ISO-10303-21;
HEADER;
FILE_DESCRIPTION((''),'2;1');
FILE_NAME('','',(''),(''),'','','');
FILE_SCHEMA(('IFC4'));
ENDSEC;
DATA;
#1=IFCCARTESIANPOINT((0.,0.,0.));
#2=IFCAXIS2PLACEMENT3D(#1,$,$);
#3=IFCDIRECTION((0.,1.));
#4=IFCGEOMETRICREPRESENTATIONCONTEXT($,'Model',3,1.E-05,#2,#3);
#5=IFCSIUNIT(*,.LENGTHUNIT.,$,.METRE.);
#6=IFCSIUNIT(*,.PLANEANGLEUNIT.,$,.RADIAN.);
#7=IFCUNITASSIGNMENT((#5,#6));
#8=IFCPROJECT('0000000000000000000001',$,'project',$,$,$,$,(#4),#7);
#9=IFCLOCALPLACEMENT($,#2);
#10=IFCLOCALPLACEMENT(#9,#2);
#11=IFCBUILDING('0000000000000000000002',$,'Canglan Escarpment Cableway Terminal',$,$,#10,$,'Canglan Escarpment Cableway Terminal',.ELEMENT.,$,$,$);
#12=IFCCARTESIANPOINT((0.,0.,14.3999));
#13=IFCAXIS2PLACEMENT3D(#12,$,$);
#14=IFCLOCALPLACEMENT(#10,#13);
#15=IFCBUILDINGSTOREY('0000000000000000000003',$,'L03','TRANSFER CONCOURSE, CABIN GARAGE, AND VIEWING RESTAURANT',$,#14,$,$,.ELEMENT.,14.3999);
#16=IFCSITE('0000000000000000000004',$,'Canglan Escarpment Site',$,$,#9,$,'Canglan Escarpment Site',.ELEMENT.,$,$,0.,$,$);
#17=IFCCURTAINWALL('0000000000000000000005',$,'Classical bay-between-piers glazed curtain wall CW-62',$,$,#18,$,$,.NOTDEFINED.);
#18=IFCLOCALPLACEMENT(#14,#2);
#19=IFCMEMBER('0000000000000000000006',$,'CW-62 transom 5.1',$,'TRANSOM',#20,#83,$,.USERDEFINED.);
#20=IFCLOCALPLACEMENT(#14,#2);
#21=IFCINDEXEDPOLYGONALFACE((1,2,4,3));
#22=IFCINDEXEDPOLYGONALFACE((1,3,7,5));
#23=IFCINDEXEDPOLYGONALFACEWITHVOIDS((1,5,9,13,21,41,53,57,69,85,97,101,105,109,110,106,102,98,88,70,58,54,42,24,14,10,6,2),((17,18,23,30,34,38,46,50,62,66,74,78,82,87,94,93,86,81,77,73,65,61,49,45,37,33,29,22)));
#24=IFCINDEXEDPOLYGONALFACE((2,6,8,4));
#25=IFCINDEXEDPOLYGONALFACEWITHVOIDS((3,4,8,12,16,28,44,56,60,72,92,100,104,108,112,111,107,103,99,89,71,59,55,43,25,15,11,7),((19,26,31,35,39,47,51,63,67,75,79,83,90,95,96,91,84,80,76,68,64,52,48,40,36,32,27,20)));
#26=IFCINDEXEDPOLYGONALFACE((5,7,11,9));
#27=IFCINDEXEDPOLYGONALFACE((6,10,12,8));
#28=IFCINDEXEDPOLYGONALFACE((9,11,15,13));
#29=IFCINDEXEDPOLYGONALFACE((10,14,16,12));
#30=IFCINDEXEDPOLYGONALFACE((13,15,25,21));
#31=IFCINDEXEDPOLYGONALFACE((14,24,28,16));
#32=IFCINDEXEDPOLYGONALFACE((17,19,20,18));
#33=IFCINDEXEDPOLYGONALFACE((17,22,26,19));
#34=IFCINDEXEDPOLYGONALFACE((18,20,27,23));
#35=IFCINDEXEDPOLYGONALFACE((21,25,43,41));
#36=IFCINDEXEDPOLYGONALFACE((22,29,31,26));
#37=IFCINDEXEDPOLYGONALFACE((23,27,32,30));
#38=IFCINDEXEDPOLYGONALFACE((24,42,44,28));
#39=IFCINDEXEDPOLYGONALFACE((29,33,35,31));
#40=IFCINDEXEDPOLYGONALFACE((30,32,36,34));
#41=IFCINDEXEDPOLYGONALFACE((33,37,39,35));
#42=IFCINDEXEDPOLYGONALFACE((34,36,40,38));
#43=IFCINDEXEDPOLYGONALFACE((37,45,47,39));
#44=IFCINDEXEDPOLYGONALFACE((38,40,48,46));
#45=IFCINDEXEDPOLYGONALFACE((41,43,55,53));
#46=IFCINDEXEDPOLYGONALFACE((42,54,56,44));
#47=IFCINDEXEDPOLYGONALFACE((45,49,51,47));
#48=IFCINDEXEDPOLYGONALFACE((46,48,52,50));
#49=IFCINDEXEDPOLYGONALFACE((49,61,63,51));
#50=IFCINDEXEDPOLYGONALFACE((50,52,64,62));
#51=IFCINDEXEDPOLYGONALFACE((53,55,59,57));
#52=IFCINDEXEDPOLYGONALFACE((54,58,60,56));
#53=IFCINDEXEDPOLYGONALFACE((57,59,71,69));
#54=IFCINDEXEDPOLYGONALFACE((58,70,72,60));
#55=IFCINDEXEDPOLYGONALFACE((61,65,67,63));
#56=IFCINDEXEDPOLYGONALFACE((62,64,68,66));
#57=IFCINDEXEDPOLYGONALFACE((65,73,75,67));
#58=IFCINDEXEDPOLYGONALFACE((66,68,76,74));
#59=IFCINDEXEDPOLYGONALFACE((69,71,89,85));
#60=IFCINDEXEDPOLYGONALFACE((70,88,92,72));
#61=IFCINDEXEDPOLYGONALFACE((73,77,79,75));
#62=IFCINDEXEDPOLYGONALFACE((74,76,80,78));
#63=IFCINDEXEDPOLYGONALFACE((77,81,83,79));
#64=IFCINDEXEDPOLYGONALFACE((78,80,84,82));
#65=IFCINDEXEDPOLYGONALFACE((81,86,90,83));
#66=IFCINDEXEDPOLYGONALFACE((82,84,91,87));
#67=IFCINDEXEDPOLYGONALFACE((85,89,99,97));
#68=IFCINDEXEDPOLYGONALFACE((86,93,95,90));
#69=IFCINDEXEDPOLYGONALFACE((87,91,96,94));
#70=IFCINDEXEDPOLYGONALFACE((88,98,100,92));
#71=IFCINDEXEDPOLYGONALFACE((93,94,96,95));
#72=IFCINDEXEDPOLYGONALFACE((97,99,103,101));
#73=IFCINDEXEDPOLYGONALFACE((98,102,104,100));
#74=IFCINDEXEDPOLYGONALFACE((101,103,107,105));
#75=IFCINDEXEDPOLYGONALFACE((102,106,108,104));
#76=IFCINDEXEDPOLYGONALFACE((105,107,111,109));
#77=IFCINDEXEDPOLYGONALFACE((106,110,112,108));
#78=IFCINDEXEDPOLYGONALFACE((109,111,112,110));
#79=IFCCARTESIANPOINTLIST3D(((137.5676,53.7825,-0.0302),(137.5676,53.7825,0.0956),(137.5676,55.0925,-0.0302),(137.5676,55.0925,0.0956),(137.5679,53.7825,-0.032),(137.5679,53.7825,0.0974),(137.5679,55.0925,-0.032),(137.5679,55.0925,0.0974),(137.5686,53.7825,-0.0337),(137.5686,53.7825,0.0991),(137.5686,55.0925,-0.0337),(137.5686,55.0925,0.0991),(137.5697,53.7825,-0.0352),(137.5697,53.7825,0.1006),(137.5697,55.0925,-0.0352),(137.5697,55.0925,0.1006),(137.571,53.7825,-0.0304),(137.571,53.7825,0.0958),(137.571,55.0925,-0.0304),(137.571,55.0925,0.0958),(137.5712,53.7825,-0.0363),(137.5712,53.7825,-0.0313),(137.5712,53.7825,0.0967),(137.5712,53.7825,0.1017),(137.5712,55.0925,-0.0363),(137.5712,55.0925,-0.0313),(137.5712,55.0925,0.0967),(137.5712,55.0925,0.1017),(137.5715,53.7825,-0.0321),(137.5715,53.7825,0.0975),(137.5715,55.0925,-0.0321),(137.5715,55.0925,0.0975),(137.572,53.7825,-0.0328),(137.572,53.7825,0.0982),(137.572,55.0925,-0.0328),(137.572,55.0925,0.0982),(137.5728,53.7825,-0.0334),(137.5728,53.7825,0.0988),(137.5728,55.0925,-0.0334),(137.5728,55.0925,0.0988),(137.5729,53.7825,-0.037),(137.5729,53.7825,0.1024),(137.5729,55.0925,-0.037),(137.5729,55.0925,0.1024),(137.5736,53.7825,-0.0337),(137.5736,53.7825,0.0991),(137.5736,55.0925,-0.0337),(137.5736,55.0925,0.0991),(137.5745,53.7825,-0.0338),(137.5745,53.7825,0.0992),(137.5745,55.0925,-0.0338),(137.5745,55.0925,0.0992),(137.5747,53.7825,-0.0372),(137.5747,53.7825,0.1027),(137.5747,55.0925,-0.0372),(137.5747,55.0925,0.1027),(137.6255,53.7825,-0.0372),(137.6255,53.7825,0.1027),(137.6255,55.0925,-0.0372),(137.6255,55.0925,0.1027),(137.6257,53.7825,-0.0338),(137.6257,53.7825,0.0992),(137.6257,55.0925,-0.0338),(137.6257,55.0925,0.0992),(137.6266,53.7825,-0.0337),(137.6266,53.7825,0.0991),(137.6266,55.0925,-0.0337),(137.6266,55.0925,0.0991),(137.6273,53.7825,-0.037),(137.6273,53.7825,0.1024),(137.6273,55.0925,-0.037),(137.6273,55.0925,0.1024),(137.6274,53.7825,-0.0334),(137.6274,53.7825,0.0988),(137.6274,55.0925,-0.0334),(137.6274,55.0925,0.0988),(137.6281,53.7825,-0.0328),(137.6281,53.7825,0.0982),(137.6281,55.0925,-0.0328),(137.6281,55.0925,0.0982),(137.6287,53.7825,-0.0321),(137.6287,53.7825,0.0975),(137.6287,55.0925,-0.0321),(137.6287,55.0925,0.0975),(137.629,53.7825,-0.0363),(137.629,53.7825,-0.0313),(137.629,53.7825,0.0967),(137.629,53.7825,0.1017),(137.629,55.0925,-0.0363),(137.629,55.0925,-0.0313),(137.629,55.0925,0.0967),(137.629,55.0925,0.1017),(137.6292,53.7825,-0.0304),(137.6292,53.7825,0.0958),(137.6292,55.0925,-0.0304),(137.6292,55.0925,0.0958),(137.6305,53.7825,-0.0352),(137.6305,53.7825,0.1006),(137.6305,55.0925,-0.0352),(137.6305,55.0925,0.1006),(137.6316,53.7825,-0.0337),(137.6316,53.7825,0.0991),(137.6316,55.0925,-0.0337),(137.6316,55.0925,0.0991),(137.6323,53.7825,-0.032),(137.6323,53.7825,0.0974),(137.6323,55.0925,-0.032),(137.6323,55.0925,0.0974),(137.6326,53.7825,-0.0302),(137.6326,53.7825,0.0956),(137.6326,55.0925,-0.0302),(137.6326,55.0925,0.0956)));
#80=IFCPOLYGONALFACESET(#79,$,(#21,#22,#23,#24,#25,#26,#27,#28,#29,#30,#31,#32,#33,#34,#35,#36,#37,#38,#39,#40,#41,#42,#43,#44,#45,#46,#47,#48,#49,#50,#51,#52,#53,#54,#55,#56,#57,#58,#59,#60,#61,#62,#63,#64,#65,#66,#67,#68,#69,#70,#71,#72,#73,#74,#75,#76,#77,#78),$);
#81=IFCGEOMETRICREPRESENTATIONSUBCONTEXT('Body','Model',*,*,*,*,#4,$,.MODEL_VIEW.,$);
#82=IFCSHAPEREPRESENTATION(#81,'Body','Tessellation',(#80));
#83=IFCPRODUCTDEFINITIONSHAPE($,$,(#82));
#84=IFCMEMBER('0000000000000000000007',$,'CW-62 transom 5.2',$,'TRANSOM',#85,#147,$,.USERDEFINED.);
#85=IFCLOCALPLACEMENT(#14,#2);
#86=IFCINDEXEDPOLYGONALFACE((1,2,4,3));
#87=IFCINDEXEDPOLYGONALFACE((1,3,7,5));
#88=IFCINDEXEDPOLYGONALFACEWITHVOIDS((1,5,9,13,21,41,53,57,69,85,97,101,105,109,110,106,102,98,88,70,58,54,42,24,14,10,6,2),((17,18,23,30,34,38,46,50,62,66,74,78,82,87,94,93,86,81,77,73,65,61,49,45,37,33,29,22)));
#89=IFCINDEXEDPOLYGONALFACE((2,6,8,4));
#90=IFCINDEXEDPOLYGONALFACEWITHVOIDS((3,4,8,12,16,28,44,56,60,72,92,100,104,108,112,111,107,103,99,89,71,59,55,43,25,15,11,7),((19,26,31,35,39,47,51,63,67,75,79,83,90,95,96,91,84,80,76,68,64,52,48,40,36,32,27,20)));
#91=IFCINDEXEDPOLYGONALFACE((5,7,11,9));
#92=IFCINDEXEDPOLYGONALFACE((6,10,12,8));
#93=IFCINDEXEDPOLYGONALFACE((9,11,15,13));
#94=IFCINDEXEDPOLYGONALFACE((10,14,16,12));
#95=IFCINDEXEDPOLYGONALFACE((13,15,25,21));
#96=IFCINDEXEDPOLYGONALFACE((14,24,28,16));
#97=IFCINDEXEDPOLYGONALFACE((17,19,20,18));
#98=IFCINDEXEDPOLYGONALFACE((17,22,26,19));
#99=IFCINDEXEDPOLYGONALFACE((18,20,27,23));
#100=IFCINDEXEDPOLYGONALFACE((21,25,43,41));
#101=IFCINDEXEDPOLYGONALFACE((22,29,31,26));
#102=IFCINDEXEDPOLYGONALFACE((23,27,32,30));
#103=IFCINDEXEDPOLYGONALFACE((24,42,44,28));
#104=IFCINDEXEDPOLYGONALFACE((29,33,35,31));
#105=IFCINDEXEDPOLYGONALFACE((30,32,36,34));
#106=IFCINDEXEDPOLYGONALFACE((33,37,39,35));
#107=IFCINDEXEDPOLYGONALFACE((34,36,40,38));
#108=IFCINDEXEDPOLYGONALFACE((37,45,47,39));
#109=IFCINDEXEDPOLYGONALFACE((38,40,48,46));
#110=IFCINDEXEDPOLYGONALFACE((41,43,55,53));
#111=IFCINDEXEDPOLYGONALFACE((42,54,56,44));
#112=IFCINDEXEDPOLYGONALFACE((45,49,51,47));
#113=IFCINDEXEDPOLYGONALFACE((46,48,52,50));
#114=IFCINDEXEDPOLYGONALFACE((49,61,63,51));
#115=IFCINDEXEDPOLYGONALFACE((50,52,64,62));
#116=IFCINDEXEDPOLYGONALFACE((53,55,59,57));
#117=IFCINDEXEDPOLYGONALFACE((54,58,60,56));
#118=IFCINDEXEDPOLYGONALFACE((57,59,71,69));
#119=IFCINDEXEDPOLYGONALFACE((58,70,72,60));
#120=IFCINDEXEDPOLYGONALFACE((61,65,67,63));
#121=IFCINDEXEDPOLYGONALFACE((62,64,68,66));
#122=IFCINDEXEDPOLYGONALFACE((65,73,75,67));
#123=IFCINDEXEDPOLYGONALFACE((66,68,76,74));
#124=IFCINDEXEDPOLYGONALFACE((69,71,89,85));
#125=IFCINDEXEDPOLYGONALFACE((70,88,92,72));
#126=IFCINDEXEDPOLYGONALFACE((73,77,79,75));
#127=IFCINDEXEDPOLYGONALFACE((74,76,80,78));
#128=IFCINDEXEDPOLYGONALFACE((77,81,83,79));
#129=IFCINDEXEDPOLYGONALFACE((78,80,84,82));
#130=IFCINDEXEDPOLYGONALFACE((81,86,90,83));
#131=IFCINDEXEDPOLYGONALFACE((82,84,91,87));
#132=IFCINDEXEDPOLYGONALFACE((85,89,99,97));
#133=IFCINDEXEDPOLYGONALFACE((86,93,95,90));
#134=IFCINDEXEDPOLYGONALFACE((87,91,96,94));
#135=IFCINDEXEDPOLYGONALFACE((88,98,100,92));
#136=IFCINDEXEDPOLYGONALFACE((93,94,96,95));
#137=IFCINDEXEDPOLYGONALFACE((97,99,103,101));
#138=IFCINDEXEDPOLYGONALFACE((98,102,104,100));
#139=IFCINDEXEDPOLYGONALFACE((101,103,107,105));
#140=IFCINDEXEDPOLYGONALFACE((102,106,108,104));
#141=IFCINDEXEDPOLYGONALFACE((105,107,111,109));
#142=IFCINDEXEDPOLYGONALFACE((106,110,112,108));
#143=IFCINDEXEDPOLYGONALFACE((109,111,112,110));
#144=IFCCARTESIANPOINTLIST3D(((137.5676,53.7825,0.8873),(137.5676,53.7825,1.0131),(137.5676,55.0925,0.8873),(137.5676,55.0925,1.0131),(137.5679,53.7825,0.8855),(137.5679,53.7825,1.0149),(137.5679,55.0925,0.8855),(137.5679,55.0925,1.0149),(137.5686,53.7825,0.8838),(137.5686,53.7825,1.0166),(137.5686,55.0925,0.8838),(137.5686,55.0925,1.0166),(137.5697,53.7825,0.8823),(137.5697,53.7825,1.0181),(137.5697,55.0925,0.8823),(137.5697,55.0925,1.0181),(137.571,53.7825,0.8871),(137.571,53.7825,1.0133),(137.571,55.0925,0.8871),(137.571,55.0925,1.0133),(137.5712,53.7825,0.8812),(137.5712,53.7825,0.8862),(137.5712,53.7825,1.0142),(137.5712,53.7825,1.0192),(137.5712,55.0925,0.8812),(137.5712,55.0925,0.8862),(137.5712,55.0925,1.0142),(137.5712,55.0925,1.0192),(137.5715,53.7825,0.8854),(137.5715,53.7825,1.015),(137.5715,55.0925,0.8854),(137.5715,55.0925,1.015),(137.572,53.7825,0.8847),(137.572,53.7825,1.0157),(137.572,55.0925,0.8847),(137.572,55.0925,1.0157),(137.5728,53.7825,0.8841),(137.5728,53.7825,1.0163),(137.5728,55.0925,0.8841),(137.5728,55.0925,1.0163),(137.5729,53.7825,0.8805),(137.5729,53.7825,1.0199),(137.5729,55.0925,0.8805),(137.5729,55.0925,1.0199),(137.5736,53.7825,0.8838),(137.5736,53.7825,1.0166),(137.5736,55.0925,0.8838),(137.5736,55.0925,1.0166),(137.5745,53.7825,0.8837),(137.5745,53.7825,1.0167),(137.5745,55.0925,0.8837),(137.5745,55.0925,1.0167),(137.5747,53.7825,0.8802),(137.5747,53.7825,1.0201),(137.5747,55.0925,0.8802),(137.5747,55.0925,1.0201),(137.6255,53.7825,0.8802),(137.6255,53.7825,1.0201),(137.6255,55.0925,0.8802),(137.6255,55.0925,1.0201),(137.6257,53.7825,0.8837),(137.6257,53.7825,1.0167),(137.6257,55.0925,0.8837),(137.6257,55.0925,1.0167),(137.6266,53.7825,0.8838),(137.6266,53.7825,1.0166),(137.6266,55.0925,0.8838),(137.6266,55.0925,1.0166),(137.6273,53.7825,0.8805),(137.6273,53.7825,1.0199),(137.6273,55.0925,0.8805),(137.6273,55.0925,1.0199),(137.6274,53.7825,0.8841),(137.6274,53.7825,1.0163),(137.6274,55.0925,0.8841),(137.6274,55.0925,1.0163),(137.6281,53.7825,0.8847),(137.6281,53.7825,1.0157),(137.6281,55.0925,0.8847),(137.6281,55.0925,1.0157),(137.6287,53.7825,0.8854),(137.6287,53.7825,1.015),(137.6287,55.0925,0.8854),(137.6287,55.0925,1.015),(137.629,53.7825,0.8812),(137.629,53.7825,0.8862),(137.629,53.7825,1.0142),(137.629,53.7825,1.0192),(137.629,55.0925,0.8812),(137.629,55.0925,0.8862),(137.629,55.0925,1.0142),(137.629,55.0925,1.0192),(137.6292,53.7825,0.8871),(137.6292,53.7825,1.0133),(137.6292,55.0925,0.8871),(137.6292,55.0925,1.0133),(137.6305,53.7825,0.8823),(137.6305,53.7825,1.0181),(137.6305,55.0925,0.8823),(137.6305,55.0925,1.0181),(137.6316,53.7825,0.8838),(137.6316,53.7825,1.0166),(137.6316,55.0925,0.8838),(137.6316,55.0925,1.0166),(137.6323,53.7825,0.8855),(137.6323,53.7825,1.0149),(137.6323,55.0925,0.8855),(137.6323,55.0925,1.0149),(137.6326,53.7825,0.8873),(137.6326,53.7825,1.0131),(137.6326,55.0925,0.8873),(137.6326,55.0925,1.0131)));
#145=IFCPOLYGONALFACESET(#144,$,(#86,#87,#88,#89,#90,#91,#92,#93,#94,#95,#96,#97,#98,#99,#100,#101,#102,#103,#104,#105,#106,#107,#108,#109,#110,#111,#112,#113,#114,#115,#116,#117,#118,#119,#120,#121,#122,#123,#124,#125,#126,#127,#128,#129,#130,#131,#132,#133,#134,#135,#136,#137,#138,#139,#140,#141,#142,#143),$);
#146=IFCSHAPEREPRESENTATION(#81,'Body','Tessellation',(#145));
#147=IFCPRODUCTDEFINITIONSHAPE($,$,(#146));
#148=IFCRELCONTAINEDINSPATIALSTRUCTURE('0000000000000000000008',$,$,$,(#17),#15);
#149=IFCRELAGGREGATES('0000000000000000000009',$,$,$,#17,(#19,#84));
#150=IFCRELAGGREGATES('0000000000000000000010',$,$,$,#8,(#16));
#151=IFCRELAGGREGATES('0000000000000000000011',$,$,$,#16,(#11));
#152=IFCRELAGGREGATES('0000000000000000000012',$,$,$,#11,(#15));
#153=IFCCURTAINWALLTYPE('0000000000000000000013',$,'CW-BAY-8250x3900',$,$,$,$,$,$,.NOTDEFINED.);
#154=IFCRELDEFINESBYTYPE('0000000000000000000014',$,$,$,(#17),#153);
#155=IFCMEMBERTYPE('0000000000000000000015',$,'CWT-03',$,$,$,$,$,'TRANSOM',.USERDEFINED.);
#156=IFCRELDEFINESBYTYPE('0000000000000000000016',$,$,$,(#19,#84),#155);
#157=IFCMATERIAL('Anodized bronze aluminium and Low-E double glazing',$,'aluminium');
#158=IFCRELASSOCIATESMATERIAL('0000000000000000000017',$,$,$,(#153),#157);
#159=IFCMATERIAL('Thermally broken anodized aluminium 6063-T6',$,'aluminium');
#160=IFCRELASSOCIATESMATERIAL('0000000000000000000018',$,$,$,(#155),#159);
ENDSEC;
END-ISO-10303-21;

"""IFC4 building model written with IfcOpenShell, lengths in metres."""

from ifc_helpers import new_model, si_unit, direction, frame, origin, origin_2d, place, context, subcontext, project, spatial, hollow_rectangle, extrude, material, material_profile, profile_set, type_object, element, aggregate, save


model = new_model("IFC4")

# Units and contexts
model_context = context("Model", 3, precision=1e-05, world=origin(), true_north=direction((0.0, 1.0)))
body_context = subcontext(model_context, "Body", "Model", "MODEL_VIEW")
ifc_project = project(units=[si_unit("LENGTHUNIT", "METRE"), si_unit("PLANEANGLEUNIT", "RADIAN")], contexts=[model_context])

# Site, building, storey
site_placement = place(None, origin())
site = spatial("IfcSite", under=ifc_project, at=site_placement, Name="Canglan Escarpment Site", LongName="Canglan Escarpment Site", CompositionType="ELEMENT", RefElevation=0.0)
building_placement = place(site_placement, origin())
building = spatial("IfcBuilding", under=site, at=building_placement, Name="Canglan Escarpment Cableway Terminal", LongName="Canglan Escarpment Cableway Terminal", CompositionType="ELEMENT")
storey_placement = place(building_placement, frame((0.0, 0.0, 14.3999)))
storey = spatial("IfcBuildingStorey", under=building, at=storey_placement, Name="L03", Description="TRANSFER CONCOURSE, CABIN GARAGE, AND VIEWING RESTAURANT", CompositionType="ELEMENT", Elevation=14.3999)

# Curtain wall, members
ifc_material_1 = material(Name="Anodized bronze aluminium and Low-E double glazing", Category="aluminium")
curtain_wall_type = type_object("IfcCurtainWallType", Name="CW-BAY-8250x3900", PredefinedType="NOTDEFINED", material=ifc_material_1)
curtain_wall_placement = place(storey_placement, origin())
curtain_wall = element("IfcCurtainWall", 1, at=curtain_wall_placement, inside=storey, type_object=curtain_wall_type, Name="Classical bay-between-piers glazed curtain wall CW-62", PredefinedType="NOTDEFINED")
ifc_material_2 = material(Name="Thermally broken anodized aluminium 6063-T6", Category="aluminium")
ifc_material_profile_1 = material_profile(ifc_material_2, hollow_rectangle(XDim=0.0649, YDim=0.1399, WallThickness=0.0034, InnerFilletRadius=0.0034, OuterFilletRadius=0.0071, at=origin_2d()), Name="ALU-TRAN 65x140x3.5")
ifc_profile_set_1 = profile_set([ifc_material_profile_1], Name="Thermally broken anodized aluminium 6063-T6")
member_type_1 = type_object("IfcMemberType", Name="CWT-03", ElementType="TRANSOM", PredefinedType="USERDEFINED", material=ifc_profile_set_1)
member_1_placement = place(storey_placement, frame((137.6001, 55.0925, 0.0327), z_axis=(0.0, -1.0, 0.0), x_axis=(1.0, 0.0, 0.0)))
member_1 = element("IfcMember", 2, at=member_1_placement, type_object=member_type_1, Name="CW-62 transom 5.1", ObjectType="TRANSOM", PredefinedType="USERDEFINED", context=body_context, shape_type="SweptSolid", body=[
    extrude(hollow_rectangle(XDim=0.0649, YDim=0.1399, WallThickness=0.0034, InnerFilletRadius=0.0034, OuterFilletRadius=0.0071, at=origin_2d()), origin(), (0.0, 0.0, 1.0), 1.3101),
])
member_2_placement = place(storey_placement, frame((137.6001, 55.0925, 0.9502), z_axis=(0.0, -1.0, 0.0), x_axis=(1.0, 0.0, 0.0)))
member_2 = element("IfcMember", 3, at=member_2_placement, type_object=member_type_1, Name="CW-62 transom 5.2", ObjectType="TRANSOM", PredefinedType="USERDEFINED", context=body_context, shape_type="SweptSolid", body=[
    extrude(hollow_rectangle(XDim=0.0649, YDim=0.1399, WallThickness=0.0034, InnerFilletRadius=0.0034, OuterFilletRadius=0.0071, at=origin_2d()), origin(), (0.0, 0.0, 1.0), 1.3101),
])
aggregate(curtain_wall, [member_1, member_2])

save(model, "model.ifc")
